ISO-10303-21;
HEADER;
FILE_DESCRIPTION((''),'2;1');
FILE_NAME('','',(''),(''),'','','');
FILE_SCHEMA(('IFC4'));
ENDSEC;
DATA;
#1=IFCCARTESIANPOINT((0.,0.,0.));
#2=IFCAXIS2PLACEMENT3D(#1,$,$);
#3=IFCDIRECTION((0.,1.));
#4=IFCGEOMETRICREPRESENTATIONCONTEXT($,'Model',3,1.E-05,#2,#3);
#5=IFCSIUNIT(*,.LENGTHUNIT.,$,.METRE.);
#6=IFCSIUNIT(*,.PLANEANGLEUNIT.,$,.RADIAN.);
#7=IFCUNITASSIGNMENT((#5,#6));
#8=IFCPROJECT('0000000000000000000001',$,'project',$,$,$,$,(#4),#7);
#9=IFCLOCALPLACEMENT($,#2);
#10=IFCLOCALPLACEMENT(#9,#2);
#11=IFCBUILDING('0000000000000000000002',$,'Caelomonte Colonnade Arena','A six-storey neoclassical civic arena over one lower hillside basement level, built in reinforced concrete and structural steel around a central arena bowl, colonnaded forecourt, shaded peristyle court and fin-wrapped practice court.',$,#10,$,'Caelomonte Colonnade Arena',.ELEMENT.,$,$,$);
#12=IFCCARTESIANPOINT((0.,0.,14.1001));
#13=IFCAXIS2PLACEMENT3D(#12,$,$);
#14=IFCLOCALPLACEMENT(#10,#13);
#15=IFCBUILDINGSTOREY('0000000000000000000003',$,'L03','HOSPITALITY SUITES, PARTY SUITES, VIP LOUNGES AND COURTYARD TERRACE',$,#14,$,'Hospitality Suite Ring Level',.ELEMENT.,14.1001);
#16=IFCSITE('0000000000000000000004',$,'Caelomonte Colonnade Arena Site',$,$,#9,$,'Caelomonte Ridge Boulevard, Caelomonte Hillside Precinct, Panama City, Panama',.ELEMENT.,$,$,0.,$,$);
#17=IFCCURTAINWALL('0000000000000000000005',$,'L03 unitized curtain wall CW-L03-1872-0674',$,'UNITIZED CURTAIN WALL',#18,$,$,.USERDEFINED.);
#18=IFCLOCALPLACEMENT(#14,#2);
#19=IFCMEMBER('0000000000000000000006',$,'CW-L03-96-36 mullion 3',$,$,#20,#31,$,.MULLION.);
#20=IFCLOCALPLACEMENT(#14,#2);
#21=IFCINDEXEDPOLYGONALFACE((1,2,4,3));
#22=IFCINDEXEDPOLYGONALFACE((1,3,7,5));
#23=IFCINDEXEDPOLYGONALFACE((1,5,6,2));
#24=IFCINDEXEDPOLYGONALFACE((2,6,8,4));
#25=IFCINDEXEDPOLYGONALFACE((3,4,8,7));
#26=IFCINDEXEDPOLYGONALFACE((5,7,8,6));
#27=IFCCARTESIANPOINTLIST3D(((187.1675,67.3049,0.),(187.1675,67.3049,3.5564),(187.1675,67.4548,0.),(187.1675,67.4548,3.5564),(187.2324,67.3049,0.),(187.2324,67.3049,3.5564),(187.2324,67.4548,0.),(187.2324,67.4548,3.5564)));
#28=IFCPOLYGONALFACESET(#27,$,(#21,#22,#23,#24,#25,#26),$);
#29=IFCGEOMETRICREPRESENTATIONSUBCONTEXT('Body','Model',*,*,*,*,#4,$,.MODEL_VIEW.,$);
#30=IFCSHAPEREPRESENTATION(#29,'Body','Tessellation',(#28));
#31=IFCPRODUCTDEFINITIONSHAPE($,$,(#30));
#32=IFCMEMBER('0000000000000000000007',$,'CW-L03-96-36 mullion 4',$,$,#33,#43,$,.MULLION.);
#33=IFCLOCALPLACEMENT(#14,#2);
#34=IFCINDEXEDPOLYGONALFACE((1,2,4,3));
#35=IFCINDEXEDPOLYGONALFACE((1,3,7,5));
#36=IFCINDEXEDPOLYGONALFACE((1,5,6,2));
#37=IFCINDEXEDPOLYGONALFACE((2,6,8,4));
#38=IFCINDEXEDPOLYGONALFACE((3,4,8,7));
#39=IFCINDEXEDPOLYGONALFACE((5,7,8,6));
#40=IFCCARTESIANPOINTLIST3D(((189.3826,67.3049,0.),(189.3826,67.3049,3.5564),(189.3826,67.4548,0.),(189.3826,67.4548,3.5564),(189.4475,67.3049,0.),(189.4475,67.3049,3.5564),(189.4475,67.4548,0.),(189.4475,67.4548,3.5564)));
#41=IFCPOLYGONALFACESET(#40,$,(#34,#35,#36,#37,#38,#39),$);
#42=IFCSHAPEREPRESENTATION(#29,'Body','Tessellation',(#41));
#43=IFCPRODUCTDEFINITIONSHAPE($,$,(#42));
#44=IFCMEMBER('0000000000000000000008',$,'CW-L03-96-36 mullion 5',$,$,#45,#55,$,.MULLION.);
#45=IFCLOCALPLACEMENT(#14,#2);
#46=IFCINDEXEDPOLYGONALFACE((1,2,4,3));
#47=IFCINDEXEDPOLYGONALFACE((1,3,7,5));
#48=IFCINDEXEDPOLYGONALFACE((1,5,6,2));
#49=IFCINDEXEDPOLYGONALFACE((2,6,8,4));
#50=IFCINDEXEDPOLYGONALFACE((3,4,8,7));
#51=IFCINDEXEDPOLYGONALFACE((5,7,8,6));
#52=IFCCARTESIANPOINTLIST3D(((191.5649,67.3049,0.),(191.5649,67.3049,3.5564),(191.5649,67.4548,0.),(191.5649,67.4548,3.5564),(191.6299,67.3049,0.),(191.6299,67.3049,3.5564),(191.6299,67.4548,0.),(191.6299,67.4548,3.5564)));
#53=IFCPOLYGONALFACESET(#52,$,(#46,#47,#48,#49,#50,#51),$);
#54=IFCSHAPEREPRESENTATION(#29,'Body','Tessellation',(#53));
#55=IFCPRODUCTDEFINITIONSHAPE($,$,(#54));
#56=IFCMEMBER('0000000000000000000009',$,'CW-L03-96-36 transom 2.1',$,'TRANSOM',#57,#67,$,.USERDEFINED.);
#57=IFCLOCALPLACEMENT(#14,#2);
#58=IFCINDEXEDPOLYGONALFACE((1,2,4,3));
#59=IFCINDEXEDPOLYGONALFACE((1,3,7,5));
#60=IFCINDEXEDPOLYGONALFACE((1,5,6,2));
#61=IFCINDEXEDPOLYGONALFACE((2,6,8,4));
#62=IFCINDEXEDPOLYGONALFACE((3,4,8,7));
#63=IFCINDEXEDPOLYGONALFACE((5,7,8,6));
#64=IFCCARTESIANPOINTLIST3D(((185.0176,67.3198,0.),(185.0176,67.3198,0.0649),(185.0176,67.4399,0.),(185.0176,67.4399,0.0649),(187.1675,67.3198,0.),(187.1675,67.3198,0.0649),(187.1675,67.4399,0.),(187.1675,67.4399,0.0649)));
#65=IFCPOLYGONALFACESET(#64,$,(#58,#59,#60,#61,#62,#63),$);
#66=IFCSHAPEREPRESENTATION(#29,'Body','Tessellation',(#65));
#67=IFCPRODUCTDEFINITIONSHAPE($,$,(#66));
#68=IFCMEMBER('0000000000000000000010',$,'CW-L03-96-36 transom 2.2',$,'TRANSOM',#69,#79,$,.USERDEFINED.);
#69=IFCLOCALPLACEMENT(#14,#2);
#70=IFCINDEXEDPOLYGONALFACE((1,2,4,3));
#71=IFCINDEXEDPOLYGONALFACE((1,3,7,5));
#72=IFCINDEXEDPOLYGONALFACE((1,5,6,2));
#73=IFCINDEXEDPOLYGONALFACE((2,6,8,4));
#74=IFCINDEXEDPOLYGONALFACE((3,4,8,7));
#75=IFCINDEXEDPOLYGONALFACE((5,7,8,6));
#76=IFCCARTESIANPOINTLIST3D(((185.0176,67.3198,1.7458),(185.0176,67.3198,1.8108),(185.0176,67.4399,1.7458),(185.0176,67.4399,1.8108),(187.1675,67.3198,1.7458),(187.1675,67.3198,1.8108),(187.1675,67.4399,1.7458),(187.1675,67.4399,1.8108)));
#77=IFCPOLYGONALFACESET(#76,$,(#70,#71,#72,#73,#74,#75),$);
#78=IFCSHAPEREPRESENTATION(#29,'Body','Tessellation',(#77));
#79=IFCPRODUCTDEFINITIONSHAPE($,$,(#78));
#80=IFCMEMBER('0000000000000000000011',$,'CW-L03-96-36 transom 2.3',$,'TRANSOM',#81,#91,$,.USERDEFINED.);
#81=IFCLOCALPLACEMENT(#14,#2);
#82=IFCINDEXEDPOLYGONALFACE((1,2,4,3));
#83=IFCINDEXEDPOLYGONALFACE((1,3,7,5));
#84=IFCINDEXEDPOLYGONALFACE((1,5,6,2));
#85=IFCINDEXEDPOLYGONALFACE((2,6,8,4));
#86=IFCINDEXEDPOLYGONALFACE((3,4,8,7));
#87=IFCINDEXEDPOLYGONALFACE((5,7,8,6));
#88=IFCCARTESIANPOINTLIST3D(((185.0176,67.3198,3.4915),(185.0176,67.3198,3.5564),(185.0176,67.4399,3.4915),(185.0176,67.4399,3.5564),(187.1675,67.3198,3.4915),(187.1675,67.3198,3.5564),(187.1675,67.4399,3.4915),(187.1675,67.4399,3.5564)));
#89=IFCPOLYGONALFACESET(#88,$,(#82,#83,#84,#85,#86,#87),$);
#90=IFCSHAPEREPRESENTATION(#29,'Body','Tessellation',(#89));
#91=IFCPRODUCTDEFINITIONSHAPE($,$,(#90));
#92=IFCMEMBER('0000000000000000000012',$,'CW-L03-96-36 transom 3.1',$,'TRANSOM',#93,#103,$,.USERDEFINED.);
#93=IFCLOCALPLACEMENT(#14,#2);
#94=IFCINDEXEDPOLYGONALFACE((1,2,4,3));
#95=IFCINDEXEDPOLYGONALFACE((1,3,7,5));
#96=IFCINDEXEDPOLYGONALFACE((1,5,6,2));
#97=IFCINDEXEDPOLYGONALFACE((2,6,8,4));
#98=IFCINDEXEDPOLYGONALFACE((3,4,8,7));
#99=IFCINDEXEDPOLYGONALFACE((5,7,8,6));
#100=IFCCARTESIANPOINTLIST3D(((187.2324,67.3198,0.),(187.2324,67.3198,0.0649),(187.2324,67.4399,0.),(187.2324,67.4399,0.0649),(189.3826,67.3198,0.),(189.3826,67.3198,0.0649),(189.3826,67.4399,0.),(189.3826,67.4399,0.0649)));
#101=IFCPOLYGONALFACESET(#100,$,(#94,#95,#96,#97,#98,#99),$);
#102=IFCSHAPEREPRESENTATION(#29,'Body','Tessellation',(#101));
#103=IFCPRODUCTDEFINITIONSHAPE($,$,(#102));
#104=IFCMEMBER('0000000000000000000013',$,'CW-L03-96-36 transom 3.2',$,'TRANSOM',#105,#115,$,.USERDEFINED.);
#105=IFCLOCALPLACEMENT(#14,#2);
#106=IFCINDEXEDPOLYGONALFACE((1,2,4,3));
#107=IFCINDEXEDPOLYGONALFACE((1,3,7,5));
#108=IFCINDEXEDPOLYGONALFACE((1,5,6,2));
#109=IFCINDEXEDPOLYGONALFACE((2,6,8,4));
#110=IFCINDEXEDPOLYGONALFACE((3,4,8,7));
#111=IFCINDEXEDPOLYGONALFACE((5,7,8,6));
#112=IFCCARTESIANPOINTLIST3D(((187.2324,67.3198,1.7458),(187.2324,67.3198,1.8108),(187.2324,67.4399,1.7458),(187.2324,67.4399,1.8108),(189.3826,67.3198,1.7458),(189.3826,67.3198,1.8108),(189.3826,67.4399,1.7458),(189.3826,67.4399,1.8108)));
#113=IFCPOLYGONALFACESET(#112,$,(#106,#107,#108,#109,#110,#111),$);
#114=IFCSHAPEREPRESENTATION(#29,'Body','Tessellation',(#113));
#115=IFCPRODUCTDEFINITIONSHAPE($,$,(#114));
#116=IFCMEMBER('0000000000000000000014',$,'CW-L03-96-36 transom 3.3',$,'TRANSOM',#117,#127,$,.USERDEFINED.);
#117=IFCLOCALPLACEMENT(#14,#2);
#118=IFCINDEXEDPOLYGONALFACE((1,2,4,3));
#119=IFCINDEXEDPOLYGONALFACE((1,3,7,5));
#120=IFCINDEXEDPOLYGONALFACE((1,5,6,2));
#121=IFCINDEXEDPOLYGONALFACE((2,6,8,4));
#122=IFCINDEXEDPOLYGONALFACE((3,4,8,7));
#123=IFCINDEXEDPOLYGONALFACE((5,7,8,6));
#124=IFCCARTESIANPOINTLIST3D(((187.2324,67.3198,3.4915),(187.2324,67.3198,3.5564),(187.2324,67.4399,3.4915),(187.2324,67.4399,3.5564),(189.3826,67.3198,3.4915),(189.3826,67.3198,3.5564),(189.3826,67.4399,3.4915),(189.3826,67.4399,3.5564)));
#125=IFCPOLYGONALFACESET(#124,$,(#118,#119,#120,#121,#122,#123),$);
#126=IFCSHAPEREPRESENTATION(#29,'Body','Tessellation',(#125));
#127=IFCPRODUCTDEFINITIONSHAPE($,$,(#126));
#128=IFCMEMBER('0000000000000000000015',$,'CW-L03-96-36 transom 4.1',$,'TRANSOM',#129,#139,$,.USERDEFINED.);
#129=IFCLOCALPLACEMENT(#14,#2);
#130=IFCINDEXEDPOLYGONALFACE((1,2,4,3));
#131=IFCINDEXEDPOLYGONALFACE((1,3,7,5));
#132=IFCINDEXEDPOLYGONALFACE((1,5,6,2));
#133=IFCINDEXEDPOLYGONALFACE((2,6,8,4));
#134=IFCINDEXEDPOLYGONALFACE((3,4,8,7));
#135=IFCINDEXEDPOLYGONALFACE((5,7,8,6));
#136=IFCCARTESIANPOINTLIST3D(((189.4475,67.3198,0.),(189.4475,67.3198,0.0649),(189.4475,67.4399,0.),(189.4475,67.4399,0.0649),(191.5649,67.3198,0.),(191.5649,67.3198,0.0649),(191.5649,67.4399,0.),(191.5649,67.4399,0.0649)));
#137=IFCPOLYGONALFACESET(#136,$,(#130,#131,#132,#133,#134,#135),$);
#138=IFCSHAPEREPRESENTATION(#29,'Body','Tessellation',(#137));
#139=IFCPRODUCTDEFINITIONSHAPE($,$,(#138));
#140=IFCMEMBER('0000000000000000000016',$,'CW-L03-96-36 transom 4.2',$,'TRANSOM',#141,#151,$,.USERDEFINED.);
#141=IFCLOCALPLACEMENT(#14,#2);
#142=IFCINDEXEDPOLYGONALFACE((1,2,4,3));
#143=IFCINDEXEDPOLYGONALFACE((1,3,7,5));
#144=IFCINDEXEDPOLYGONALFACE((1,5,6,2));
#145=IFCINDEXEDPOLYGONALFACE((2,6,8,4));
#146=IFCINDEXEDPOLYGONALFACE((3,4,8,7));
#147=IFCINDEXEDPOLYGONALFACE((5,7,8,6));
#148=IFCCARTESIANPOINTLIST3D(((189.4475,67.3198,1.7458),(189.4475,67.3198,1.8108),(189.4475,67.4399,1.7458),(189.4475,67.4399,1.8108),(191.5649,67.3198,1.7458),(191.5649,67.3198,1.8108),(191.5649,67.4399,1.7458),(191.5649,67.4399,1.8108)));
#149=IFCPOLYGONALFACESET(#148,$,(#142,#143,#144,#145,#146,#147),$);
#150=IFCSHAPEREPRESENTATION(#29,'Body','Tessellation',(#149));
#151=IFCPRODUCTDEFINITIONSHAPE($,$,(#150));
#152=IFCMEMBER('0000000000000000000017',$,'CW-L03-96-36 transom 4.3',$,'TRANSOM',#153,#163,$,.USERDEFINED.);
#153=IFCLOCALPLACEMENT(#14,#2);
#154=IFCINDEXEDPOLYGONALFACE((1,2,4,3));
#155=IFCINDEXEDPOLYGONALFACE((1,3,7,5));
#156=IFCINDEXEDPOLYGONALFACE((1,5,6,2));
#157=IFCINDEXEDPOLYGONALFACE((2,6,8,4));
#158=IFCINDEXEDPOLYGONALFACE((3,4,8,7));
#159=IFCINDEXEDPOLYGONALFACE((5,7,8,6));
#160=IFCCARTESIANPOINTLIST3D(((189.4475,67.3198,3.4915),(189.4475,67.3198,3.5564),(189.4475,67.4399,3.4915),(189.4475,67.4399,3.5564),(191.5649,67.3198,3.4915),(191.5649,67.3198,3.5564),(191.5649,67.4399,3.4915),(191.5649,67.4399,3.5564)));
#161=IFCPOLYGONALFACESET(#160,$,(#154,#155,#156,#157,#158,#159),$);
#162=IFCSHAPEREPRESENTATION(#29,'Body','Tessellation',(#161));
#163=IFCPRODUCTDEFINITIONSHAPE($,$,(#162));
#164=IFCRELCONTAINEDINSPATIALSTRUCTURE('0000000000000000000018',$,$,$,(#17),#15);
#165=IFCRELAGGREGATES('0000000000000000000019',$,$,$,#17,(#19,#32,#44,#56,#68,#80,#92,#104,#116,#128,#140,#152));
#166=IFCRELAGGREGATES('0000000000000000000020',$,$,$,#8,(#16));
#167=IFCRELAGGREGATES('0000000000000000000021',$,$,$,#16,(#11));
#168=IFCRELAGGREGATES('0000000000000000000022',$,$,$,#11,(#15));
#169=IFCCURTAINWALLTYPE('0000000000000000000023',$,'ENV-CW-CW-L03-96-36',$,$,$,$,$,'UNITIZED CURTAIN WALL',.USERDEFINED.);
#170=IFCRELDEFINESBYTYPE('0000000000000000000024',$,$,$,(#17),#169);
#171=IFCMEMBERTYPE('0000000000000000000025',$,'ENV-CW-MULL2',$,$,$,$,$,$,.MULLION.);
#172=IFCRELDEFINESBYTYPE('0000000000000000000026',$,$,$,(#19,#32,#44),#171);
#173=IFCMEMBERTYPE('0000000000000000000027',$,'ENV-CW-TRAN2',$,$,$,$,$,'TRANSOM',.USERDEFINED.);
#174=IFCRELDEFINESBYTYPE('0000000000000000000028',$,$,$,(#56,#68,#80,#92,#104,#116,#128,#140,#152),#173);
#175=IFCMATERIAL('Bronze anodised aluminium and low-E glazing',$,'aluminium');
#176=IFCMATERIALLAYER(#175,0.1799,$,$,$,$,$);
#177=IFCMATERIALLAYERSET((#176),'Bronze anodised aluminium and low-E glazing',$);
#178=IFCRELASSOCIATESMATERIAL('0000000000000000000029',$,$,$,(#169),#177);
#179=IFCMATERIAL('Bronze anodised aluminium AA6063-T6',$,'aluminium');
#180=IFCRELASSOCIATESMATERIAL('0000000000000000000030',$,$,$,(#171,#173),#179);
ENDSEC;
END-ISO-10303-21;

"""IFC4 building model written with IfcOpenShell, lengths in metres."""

from ifc_helpers import new_model, si_unit, direction, frame, origin, origin_2d, place, context, subcontext, project, spatial, rectangle, extrude, material, layer, layer_set, material_profile, profile_set, type_object, element, aggregate, save


model = new_model("IFC4")

# Units and contexts
model_context = context("Model", 3, precision=1e-05, world=origin(), true_north=direction((0.0, 1.0)))
body_context = subcontext(model_context, "Body", "Model", "MODEL_VIEW")
ifc_project = project(units=[si_unit("LENGTHUNIT", "METRE"), si_unit("PLANEANGLEUNIT", "RADIAN")], contexts=[model_context])

# Site, building, storey
site_placement = place(None, origin())
site = spatial("IfcSite", under=ifc_project, at=site_placement, Name="Caelomonte Colonnade Arena Site", LongName="Caelomonte Ridge Boulevard, Caelomonte Hillside Precinct, Panama City, Panama", CompositionType="ELEMENT", RefElevation=0.0)
building_placement = place(site_placement, origin())
building = spatial("IfcBuilding", under=site, at=building_placement, Name="Caelomonte Colonnade Arena", Description="A six-storey neoclassical civic arena over one lower hillside basement level, built in reinforced concrete and structural steel around a central arena bowl, colonnaded forecourt, shaded peristyle court and fin-wrapped practice court.", LongName="Caelomonte Colonnade Arena", CompositionType="ELEMENT")
storey_placement = place(building_placement, frame((0.0, 0.0, 14.1001)))
storey = spatial("IfcBuildingStorey", under=building, at=storey_placement, Name="L03", Description="HOSPITALITY SUITES, PARTY SUITES, VIP LOUNGES AND COURTYARD TERRACE", LongName="Hospitality Suite Ring Level", CompositionType="ELEMENT", Elevation=14.1001)

# Curtain wall, members
ifc_material_1 = material(Name="Bronze anodised aluminium and low-E glazing", Category="aluminium")
ifc_layer_1 = layer(ifc_material_1, 0.1799)
ifc_layer_set_1 = layer_set([ifc_layer_1], Name="Bronze anodised aluminium and low-E glazing")
curtain_wall_type = type_object("IfcCurtainWallType", Name="ENV-CW-CW-L03-96-36", ElementType="UNITIZED CURTAIN WALL", PredefinedType="USERDEFINED", material=ifc_layer_set_1)
curtain_wall_placement = place(storey_placement, origin())
curtain_wall = element("IfcCurtainWall", 1, at=curtain_wall_placement, inside=storey, type_object=curtain_wall_type, Name="L03 unitized curtain wall CW-L03-1872-0674", ObjectType="UNITIZED CURTAIN WALL", PredefinedType="USERDEFINED")
ifc_material_2 = material(Name="Bronze anodised aluminium AA6063-T6", Category="aluminium")
ifc_material_profile_1 = material_profile(ifc_material_2, rectangle(XDim=0.0649, YDim=0.1499, at=origin_2d()), Name="CWM-65X150")
ifc_profile_set_1 = profile_set([ifc_material_profile_1], Name="Bronze anodised aluminium AA6063-T6")
member_type_1 = type_object("IfcMemberType", Name="ENV-CW-MULL2", PredefinedType="MULLION", material=ifc_profile_set_1)
member_1_placement = place(storey_placement, frame((187.2, 67.3799, 0.0), z_axis=(0.0, 0.0, 1.0), x_axis=(1.0, 0.0, 0.0)))
member_1 = element("IfcMember", 2, at=member_1_placement, type_object=member_type_1, Name="CW-L03-96-36 mullion 3", PredefinedType="MULLION", context=body_context, shape_type="SweptSolid", body=[
    extrude(rectangle(XDim=0.0649, YDim=0.1499, at=origin_2d()), origin(), (0.0, 0.0, 1.0), 3.5564),
])
member_2_placement = place(storey_placement, frame((189.415, 67.3799, 0.0), z_axis=(0.0, 0.0, 1.0), x_axis=(1.0, 0.0, 0.0)))
member_2 = element("IfcMember", 3, at=member_2_placement, type_object=member_type_1, Name="CW-L03-96-36 mullion 4", PredefinedType="MULLION", context=body_context, shape_type="SweptSolid", body=[
    extrude(rectangle(XDim=0.0649, YDim=0.1499, at=origin_2d()), origin(), (0.0, 0.0, 1.0), 3.5564),
])
member_3_placement = place(storey_placement, frame((191.5974, 67.3799, 0.0), z_axis=(0.0, 0.0, 1.0), x_axis=(1.0, 0.0, 0.0)))
member_3 = element("IfcMember", 4, at=member_3_placement, type_object=member_type_1, Name="CW-L03-96-36 mullion 5", PredefinedType="MULLION", context=body_context, shape_type="SweptSolid", body=[
    extrude(rectangle(XDim=0.0649, YDim=0.1499, at=origin_2d()), origin(), (0.0, 0.0, 1.0), 3.5564),
])
ifc_material_profile_2 = material_profile(ifc_material_2, rectangle(XDim=0.0649, YDim=0.1201, at=origin_2d()), Name="CWT-65X120")
ifc_profile_set_2 = profile_set([ifc_material_profile_2], Name="Bronze anodised aluminium AA6063-T6")
member_type_2 = type_object("IfcMemberType", Name="ENV-CW-TRAN2", ElementType="TRANSOM", PredefinedType="USERDEFINED", material=ifc_profile_set_2)
member_4_placement = place(storey_placement, frame((185.0176, 67.3799, 0.0325), z_axis=(1.0, 0.0, 0.0), x_axis=(0.0, 0.0, 1.0)))
member_4 = element("IfcMember", 5, at=member_4_placement, type_object=member_type_2, Name="CW-L03-96-36 transom 2.1", ObjectType="TRANSOM", PredefinedType="USERDEFINED", context=body_context, shape_type="SweptSolid", body=[
    extrude(rectangle(XDim=0.0649, YDim=0.1201, at=origin_2d()), origin(), (0.0, 0.0, 1.0), 2.1499),
])
member_5_placement = place(storey_placement, frame((185.0176, 67.3799, 1.7783), z_axis=(1.0, 0.0, 0.0), x_axis=(0.0, 0.0, 1.0)))
member_5 = element("IfcMember", 6, at=member_5_placement, type_object=member_type_2, Name="CW-L03-96-36 transom 2.2", ObjectType="TRANSOM", PredefinedType="USERDEFINED", context=body_context, shape_type="SweptSolid", body=[
    extrude(rectangle(XDim=0.0649, YDim=0.1201, at=origin_2d()), origin(), (0.0, 0.0, 1.0), 2.1499),
])
member_6_placement = place(storey_placement, frame((185.0176, 67.3799, 3.5239), z_axis=(1.0, 0.0, 0.0), x_axis=(0.0, 0.0, 1.0)))
member_6 = element("IfcMember", 7, at=member_6_placement, type_object=member_type_2, Name="CW-L03-96-36 transom 2.3", ObjectType="TRANSOM", PredefinedType="USERDEFINED", context=body_context, shape_type="SweptSolid", body=[
    extrude(rectangle(XDim=0.0649, YDim=0.1201, at=origin_2d()), origin(), (0.0, 0.0, 1.0), 2.1499),
])
member_7_placement = place(storey_placement, frame((187.2324, 67.3799, 0.0325), z_axis=(1.0, 0.0, 0.0), x_axis=(0.0, 0.0, 1.0)))
member_7 = element("IfcMember", 8, at=member_7_placement, type_object=member_type_2, Name="CW-L03-96-36 transom 3.1", ObjectType="TRANSOM", PredefinedType="USERDEFINED", context=body_context, shape_type="SweptSolid", body=[
    extrude(rectangle(XDim=0.0649, YDim=0.1201, at=origin_2d()), origin(), (0.0, 0.0, 1.0), 2.1501),
])
member_8_placement = place(storey_placement, frame((187.2324, 67.3799, 1.7783), z_axis=(1.0, 0.0, 0.0), x_axis=(0.0, 0.0, 1.0)))
member_8 = element("IfcMember", 9, at=member_8_placement, type_object=member_type_2, Name="CW-L03-96-36 transom 3.2", ObjectType="TRANSOM", PredefinedType="USERDEFINED", context=body_context, shape_type="SweptSolid", body=[
    extrude(rectangle(XDim=0.0649, YDim=0.1201, at=origin_2d()), origin(), (0.0, 0.0, 1.0), 2.1501),
])
member_9_placement = place(storey_placement, frame((187.2324, 67.3799, 3.5239), z_axis=(1.0, 0.0, 0.0), x_axis=(0.0, 0.0, 1.0)))
member_9 = element("IfcMember", 10, at=member_9_placement, type_object=member_type_2, Name="CW-L03-96-36 transom 3.3", ObjectType="TRANSOM", PredefinedType="USERDEFINED", context=body_context, shape_type="SweptSolid", body=[
    extrude(rectangle(XDim=0.0649, YDim=0.1201, at=origin_2d()), origin(), (0.0, 0.0, 1.0), 2.1501),
])
member_10_placement = place(storey_placement, frame((189.4475, 67.3799, 0.0325), z_axis=(1.0, 0.0, 0.0), x_axis=(0.0, 0.0, 1.0)))
member_10 = element("IfcMember", 11, at=member_10_placement, type_object=member_type_2, Name="CW-L03-96-36 transom 4.1", ObjectType="TRANSOM", PredefinedType="USERDEFINED", context=body_context, shape_type="SweptSolid", body=[
    extrude(rectangle(XDim=0.0649, YDim=0.1201, at=origin_2d()), origin(), (0.0, 0.0, 1.0), 2.1174),
])
member_11_placement = place(storey_placement, frame((189.4475, 67.3799, 1.7783), z_axis=(1.0, 0.0, 0.0), x_axis=(0.0, 0.0, 1.0)))
member_11 = element("IfcMember", 12, at=member_11_placement, type_object=member_type_2, Name="CW-L03-96-36 transom 4.2", ObjectType="TRANSOM", PredefinedType="USERDEFINED", context=body_context, shape_type="SweptSolid", body=[
    extrude(rectangle(XDim=0.0649, YDim=0.1201, at=origin_2d()), origin(), (0.0, 0.0, 1.0), 2.1174),
])
member_12_placement = place(storey_placement, frame((189.4475, 67.3799, 3.5239), z_axis=(1.0, 0.0, 0.0), x_axis=(0.0, 0.0, 1.0)))
member_12 = element("IfcMember", 13, at=member_12_placement, type_object=member_type_2, Name="CW-L03-96-36 transom 4.3", ObjectType="TRANSOM", PredefinedType="USERDEFINED", context=body_context, shape_type="SweptSolid", body=[
    extrude(rectangle(XDim=0.0649, YDim=0.1201, at=origin_2d()), origin(), (0.0, 0.0, 1.0), 2.1174),
])

aggregate(curtain_wall, [member_1, member_2, member_3, member_4, member_5, member_6, member_7, member_8, member_9, member_10, member_11, member_12])

save(model, "model.ifc")
